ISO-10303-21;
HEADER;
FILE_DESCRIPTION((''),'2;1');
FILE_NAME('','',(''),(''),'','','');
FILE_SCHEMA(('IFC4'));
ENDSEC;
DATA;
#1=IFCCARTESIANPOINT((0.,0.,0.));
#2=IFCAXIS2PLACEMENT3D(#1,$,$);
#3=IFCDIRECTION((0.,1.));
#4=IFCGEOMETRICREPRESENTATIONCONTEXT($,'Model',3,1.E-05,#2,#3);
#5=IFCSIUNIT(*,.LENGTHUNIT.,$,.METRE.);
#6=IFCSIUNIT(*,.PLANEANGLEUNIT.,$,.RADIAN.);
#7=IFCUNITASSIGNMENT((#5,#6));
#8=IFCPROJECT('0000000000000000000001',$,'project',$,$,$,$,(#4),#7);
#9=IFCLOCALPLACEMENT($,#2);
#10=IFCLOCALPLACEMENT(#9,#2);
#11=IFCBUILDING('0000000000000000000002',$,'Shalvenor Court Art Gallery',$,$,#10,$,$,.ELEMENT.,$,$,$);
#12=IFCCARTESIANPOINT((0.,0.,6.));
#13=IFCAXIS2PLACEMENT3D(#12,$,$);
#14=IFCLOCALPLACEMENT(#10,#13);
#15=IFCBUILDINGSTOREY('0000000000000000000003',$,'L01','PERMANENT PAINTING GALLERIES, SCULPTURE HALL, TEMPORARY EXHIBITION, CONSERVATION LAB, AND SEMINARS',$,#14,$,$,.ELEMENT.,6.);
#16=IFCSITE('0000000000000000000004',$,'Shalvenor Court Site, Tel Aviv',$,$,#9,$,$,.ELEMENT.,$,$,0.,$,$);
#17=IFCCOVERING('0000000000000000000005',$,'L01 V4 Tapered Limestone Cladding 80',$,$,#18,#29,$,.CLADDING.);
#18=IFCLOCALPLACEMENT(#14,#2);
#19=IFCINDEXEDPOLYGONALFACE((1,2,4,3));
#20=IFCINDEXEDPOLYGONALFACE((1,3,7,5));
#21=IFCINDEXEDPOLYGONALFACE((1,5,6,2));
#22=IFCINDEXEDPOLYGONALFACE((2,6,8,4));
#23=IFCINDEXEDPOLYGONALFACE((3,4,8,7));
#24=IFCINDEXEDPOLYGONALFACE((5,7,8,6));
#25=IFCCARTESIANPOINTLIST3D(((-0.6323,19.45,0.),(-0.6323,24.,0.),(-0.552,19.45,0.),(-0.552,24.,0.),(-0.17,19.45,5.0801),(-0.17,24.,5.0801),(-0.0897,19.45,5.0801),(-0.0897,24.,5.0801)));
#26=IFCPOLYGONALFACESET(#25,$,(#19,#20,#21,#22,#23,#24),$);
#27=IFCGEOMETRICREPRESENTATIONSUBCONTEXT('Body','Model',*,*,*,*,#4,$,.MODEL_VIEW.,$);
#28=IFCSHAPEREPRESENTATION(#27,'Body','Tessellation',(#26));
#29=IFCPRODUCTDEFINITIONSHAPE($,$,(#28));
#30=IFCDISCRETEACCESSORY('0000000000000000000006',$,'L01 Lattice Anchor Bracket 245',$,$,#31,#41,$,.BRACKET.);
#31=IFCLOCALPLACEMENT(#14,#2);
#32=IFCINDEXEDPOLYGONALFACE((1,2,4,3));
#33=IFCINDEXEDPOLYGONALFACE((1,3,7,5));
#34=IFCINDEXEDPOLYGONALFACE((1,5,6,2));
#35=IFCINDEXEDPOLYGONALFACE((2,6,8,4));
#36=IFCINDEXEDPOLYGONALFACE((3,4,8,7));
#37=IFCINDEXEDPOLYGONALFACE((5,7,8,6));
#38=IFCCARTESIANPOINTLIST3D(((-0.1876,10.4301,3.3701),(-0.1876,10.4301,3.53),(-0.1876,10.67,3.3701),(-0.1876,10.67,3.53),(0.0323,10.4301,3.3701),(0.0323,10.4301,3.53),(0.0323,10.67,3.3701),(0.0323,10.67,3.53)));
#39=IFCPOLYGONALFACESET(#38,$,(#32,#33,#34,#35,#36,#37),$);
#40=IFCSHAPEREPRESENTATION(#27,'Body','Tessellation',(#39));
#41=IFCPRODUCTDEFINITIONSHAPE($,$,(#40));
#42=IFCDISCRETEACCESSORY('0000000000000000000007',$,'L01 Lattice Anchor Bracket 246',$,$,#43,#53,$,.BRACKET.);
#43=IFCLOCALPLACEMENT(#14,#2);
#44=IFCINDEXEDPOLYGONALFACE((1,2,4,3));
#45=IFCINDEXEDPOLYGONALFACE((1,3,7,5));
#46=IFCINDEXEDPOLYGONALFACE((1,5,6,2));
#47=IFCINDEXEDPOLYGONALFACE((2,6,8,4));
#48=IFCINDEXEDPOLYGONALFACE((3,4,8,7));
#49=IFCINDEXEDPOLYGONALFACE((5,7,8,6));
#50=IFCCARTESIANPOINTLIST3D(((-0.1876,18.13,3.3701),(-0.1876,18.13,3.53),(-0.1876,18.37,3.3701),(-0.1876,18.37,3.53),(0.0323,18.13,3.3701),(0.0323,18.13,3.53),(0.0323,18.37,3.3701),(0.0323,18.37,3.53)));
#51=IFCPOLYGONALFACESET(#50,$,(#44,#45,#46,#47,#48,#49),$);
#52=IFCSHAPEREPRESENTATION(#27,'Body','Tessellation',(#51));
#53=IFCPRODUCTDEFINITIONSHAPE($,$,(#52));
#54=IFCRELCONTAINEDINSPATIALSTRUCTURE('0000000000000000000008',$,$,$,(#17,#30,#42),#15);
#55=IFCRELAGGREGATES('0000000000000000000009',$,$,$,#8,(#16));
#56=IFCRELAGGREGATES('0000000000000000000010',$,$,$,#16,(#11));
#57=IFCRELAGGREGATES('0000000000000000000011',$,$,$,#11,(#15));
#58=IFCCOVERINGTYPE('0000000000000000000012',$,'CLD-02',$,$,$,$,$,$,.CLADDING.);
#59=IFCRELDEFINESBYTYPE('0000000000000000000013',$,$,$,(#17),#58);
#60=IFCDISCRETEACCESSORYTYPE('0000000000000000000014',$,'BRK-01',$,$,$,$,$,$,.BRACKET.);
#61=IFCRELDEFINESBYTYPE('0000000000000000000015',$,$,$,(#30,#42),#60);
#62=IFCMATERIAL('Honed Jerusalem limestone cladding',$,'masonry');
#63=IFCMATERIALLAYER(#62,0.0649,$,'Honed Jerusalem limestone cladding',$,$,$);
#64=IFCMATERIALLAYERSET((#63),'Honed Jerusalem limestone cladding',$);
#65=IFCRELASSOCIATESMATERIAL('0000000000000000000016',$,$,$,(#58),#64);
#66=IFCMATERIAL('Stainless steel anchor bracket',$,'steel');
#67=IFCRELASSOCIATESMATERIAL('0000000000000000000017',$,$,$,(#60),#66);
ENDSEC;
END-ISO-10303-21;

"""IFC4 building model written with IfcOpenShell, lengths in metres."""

from ifc_helpers import new_model, si_unit, direction, frame, origin, origin_2d, place, context, subcontext, project, spatial, polyline, rectangle, outline, extrude, material, layer, layer_set, type_object, element, save


model = new_model("IFC4")

# Units and contexts
model_context = context("Model", 3, precision=1e-05, world=origin(), true_north=direction((0.0, 1.0)))
body_context = subcontext(model_context, "Body", "Model", "MODEL_VIEW")
ifc_project = project(units=[si_unit("LENGTHUNIT", "METRE"), si_unit("PLANEANGLEUNIT", "RADIAN")], contexts=[model_context])

# Site, building, storey
site_placement = place(None, origin())
site = spatial("IfcSite", under=ifc_project, at=site_placement, Name="Shalvenor Court Site, Tel Aviv", CompositionType="ELEMENT", RefElevation=0.0)
building_placement = place(site_placement, origin())
building = spatial("IfcBuilding", under=site, at=building_placement, Name="Shalvenor Court Art Gallery", CompositionType="ELEMENT")
storey_placement = place(building_placement, frame((0.0, 0.0, 6.0)))
storey = spatial("IfcBuildingStorey", under=building, at=storey_placement, Name="L01", Description="PERMANENT PAINTING GALLERIES, SCULPTURE HALL, TEMPORARY EXHIBITION, CONSERVATION LAB, AND SEMINARS", CompositionType="ELEMENT", Elevation=6.0)

# Covering
ifc_material_1 = material(Name="Honed Jerusalem limestone cladding", Category="masonry")
ifc_layer_1 = layer(ifc_material_1, 0.0649, Name="Honed Jerusalem limestone cladding")
ifc_layer_set_1 = layer_set([ifc_layer_1], Name="Honed Jerusalem limestone cladding")
covering_type = type_object("IfcCoveringType", Name="CLD-02", PredefinedType="CLADDING", material=ifc_layer_set_1)
covering_placement = place(storey_placement, frame((-0.6323, 24.0, 0.0), z_axis=(0.0, 0.0, 1.0), x_axis=(0.0, -1.0, 0.0)))
element("IfcCovering", 1, at=covering_placement, inside=storey, type_object=covering_type, Name="L01 V4 Tapered Limestone Cladding 80", PredefinedType="CLADDING", context=body_context, shape_type="SweptSolid", body=[
    extrude(outline(polyline([(0.0, 0.0), (4.55, 0.0), (4.55, 5.1011), (0.0, 5.1011), (0.0, 0.0)])), frame((0.0, 0.0, 0.0), z_axis=(0.0, -0.995884, 0.090633), x_axis=(1.0, 0.0, 0.0)), (0.0, 0.090633, -0.995884), 0.0803),
])

# Discrete accessories
ifc_material_2 = material(Name="Stainless steel anchor bracket", Category="steel")
discrete_accessory_type = type_object("IfcDiscreteAccessoryType", Name="BRK-01", PredefinedType="BRACKET", material=ifc_material_2)
for number, where, z_axis, x_axis, name in (
    (2, (-0.0776, 10.55, 3.3701), (0.0, 0.0, 1.0), (0.0, 1.0, 0.0), "L01 Lattice Anchor Bracket 245"),
    (3, (-0.0776, 18.25, 3.3701), (0.0, 0.0, 1.0), (0.0, 1.0, 0.0), "L01 Lattice Anchor Bracket 246"),
):
    element("IfcDiscreteAccessory", number, at=place(storey_placement, frame(where, z_axis=z_axis, x_axis=x_axis)), inside=storey, type_object=discrete_accessory_type, Name=name, PredefinedType="BRACKET", context=body_context, shape_type="SweptSolid", body=[
        extrude(rectangle(XDim=0.24, YDim=0.22, at=origin_2d()), origin(), (0.0, 0.0, 1.0), 0.1599),
    ])

save(model, "model.ifc")
